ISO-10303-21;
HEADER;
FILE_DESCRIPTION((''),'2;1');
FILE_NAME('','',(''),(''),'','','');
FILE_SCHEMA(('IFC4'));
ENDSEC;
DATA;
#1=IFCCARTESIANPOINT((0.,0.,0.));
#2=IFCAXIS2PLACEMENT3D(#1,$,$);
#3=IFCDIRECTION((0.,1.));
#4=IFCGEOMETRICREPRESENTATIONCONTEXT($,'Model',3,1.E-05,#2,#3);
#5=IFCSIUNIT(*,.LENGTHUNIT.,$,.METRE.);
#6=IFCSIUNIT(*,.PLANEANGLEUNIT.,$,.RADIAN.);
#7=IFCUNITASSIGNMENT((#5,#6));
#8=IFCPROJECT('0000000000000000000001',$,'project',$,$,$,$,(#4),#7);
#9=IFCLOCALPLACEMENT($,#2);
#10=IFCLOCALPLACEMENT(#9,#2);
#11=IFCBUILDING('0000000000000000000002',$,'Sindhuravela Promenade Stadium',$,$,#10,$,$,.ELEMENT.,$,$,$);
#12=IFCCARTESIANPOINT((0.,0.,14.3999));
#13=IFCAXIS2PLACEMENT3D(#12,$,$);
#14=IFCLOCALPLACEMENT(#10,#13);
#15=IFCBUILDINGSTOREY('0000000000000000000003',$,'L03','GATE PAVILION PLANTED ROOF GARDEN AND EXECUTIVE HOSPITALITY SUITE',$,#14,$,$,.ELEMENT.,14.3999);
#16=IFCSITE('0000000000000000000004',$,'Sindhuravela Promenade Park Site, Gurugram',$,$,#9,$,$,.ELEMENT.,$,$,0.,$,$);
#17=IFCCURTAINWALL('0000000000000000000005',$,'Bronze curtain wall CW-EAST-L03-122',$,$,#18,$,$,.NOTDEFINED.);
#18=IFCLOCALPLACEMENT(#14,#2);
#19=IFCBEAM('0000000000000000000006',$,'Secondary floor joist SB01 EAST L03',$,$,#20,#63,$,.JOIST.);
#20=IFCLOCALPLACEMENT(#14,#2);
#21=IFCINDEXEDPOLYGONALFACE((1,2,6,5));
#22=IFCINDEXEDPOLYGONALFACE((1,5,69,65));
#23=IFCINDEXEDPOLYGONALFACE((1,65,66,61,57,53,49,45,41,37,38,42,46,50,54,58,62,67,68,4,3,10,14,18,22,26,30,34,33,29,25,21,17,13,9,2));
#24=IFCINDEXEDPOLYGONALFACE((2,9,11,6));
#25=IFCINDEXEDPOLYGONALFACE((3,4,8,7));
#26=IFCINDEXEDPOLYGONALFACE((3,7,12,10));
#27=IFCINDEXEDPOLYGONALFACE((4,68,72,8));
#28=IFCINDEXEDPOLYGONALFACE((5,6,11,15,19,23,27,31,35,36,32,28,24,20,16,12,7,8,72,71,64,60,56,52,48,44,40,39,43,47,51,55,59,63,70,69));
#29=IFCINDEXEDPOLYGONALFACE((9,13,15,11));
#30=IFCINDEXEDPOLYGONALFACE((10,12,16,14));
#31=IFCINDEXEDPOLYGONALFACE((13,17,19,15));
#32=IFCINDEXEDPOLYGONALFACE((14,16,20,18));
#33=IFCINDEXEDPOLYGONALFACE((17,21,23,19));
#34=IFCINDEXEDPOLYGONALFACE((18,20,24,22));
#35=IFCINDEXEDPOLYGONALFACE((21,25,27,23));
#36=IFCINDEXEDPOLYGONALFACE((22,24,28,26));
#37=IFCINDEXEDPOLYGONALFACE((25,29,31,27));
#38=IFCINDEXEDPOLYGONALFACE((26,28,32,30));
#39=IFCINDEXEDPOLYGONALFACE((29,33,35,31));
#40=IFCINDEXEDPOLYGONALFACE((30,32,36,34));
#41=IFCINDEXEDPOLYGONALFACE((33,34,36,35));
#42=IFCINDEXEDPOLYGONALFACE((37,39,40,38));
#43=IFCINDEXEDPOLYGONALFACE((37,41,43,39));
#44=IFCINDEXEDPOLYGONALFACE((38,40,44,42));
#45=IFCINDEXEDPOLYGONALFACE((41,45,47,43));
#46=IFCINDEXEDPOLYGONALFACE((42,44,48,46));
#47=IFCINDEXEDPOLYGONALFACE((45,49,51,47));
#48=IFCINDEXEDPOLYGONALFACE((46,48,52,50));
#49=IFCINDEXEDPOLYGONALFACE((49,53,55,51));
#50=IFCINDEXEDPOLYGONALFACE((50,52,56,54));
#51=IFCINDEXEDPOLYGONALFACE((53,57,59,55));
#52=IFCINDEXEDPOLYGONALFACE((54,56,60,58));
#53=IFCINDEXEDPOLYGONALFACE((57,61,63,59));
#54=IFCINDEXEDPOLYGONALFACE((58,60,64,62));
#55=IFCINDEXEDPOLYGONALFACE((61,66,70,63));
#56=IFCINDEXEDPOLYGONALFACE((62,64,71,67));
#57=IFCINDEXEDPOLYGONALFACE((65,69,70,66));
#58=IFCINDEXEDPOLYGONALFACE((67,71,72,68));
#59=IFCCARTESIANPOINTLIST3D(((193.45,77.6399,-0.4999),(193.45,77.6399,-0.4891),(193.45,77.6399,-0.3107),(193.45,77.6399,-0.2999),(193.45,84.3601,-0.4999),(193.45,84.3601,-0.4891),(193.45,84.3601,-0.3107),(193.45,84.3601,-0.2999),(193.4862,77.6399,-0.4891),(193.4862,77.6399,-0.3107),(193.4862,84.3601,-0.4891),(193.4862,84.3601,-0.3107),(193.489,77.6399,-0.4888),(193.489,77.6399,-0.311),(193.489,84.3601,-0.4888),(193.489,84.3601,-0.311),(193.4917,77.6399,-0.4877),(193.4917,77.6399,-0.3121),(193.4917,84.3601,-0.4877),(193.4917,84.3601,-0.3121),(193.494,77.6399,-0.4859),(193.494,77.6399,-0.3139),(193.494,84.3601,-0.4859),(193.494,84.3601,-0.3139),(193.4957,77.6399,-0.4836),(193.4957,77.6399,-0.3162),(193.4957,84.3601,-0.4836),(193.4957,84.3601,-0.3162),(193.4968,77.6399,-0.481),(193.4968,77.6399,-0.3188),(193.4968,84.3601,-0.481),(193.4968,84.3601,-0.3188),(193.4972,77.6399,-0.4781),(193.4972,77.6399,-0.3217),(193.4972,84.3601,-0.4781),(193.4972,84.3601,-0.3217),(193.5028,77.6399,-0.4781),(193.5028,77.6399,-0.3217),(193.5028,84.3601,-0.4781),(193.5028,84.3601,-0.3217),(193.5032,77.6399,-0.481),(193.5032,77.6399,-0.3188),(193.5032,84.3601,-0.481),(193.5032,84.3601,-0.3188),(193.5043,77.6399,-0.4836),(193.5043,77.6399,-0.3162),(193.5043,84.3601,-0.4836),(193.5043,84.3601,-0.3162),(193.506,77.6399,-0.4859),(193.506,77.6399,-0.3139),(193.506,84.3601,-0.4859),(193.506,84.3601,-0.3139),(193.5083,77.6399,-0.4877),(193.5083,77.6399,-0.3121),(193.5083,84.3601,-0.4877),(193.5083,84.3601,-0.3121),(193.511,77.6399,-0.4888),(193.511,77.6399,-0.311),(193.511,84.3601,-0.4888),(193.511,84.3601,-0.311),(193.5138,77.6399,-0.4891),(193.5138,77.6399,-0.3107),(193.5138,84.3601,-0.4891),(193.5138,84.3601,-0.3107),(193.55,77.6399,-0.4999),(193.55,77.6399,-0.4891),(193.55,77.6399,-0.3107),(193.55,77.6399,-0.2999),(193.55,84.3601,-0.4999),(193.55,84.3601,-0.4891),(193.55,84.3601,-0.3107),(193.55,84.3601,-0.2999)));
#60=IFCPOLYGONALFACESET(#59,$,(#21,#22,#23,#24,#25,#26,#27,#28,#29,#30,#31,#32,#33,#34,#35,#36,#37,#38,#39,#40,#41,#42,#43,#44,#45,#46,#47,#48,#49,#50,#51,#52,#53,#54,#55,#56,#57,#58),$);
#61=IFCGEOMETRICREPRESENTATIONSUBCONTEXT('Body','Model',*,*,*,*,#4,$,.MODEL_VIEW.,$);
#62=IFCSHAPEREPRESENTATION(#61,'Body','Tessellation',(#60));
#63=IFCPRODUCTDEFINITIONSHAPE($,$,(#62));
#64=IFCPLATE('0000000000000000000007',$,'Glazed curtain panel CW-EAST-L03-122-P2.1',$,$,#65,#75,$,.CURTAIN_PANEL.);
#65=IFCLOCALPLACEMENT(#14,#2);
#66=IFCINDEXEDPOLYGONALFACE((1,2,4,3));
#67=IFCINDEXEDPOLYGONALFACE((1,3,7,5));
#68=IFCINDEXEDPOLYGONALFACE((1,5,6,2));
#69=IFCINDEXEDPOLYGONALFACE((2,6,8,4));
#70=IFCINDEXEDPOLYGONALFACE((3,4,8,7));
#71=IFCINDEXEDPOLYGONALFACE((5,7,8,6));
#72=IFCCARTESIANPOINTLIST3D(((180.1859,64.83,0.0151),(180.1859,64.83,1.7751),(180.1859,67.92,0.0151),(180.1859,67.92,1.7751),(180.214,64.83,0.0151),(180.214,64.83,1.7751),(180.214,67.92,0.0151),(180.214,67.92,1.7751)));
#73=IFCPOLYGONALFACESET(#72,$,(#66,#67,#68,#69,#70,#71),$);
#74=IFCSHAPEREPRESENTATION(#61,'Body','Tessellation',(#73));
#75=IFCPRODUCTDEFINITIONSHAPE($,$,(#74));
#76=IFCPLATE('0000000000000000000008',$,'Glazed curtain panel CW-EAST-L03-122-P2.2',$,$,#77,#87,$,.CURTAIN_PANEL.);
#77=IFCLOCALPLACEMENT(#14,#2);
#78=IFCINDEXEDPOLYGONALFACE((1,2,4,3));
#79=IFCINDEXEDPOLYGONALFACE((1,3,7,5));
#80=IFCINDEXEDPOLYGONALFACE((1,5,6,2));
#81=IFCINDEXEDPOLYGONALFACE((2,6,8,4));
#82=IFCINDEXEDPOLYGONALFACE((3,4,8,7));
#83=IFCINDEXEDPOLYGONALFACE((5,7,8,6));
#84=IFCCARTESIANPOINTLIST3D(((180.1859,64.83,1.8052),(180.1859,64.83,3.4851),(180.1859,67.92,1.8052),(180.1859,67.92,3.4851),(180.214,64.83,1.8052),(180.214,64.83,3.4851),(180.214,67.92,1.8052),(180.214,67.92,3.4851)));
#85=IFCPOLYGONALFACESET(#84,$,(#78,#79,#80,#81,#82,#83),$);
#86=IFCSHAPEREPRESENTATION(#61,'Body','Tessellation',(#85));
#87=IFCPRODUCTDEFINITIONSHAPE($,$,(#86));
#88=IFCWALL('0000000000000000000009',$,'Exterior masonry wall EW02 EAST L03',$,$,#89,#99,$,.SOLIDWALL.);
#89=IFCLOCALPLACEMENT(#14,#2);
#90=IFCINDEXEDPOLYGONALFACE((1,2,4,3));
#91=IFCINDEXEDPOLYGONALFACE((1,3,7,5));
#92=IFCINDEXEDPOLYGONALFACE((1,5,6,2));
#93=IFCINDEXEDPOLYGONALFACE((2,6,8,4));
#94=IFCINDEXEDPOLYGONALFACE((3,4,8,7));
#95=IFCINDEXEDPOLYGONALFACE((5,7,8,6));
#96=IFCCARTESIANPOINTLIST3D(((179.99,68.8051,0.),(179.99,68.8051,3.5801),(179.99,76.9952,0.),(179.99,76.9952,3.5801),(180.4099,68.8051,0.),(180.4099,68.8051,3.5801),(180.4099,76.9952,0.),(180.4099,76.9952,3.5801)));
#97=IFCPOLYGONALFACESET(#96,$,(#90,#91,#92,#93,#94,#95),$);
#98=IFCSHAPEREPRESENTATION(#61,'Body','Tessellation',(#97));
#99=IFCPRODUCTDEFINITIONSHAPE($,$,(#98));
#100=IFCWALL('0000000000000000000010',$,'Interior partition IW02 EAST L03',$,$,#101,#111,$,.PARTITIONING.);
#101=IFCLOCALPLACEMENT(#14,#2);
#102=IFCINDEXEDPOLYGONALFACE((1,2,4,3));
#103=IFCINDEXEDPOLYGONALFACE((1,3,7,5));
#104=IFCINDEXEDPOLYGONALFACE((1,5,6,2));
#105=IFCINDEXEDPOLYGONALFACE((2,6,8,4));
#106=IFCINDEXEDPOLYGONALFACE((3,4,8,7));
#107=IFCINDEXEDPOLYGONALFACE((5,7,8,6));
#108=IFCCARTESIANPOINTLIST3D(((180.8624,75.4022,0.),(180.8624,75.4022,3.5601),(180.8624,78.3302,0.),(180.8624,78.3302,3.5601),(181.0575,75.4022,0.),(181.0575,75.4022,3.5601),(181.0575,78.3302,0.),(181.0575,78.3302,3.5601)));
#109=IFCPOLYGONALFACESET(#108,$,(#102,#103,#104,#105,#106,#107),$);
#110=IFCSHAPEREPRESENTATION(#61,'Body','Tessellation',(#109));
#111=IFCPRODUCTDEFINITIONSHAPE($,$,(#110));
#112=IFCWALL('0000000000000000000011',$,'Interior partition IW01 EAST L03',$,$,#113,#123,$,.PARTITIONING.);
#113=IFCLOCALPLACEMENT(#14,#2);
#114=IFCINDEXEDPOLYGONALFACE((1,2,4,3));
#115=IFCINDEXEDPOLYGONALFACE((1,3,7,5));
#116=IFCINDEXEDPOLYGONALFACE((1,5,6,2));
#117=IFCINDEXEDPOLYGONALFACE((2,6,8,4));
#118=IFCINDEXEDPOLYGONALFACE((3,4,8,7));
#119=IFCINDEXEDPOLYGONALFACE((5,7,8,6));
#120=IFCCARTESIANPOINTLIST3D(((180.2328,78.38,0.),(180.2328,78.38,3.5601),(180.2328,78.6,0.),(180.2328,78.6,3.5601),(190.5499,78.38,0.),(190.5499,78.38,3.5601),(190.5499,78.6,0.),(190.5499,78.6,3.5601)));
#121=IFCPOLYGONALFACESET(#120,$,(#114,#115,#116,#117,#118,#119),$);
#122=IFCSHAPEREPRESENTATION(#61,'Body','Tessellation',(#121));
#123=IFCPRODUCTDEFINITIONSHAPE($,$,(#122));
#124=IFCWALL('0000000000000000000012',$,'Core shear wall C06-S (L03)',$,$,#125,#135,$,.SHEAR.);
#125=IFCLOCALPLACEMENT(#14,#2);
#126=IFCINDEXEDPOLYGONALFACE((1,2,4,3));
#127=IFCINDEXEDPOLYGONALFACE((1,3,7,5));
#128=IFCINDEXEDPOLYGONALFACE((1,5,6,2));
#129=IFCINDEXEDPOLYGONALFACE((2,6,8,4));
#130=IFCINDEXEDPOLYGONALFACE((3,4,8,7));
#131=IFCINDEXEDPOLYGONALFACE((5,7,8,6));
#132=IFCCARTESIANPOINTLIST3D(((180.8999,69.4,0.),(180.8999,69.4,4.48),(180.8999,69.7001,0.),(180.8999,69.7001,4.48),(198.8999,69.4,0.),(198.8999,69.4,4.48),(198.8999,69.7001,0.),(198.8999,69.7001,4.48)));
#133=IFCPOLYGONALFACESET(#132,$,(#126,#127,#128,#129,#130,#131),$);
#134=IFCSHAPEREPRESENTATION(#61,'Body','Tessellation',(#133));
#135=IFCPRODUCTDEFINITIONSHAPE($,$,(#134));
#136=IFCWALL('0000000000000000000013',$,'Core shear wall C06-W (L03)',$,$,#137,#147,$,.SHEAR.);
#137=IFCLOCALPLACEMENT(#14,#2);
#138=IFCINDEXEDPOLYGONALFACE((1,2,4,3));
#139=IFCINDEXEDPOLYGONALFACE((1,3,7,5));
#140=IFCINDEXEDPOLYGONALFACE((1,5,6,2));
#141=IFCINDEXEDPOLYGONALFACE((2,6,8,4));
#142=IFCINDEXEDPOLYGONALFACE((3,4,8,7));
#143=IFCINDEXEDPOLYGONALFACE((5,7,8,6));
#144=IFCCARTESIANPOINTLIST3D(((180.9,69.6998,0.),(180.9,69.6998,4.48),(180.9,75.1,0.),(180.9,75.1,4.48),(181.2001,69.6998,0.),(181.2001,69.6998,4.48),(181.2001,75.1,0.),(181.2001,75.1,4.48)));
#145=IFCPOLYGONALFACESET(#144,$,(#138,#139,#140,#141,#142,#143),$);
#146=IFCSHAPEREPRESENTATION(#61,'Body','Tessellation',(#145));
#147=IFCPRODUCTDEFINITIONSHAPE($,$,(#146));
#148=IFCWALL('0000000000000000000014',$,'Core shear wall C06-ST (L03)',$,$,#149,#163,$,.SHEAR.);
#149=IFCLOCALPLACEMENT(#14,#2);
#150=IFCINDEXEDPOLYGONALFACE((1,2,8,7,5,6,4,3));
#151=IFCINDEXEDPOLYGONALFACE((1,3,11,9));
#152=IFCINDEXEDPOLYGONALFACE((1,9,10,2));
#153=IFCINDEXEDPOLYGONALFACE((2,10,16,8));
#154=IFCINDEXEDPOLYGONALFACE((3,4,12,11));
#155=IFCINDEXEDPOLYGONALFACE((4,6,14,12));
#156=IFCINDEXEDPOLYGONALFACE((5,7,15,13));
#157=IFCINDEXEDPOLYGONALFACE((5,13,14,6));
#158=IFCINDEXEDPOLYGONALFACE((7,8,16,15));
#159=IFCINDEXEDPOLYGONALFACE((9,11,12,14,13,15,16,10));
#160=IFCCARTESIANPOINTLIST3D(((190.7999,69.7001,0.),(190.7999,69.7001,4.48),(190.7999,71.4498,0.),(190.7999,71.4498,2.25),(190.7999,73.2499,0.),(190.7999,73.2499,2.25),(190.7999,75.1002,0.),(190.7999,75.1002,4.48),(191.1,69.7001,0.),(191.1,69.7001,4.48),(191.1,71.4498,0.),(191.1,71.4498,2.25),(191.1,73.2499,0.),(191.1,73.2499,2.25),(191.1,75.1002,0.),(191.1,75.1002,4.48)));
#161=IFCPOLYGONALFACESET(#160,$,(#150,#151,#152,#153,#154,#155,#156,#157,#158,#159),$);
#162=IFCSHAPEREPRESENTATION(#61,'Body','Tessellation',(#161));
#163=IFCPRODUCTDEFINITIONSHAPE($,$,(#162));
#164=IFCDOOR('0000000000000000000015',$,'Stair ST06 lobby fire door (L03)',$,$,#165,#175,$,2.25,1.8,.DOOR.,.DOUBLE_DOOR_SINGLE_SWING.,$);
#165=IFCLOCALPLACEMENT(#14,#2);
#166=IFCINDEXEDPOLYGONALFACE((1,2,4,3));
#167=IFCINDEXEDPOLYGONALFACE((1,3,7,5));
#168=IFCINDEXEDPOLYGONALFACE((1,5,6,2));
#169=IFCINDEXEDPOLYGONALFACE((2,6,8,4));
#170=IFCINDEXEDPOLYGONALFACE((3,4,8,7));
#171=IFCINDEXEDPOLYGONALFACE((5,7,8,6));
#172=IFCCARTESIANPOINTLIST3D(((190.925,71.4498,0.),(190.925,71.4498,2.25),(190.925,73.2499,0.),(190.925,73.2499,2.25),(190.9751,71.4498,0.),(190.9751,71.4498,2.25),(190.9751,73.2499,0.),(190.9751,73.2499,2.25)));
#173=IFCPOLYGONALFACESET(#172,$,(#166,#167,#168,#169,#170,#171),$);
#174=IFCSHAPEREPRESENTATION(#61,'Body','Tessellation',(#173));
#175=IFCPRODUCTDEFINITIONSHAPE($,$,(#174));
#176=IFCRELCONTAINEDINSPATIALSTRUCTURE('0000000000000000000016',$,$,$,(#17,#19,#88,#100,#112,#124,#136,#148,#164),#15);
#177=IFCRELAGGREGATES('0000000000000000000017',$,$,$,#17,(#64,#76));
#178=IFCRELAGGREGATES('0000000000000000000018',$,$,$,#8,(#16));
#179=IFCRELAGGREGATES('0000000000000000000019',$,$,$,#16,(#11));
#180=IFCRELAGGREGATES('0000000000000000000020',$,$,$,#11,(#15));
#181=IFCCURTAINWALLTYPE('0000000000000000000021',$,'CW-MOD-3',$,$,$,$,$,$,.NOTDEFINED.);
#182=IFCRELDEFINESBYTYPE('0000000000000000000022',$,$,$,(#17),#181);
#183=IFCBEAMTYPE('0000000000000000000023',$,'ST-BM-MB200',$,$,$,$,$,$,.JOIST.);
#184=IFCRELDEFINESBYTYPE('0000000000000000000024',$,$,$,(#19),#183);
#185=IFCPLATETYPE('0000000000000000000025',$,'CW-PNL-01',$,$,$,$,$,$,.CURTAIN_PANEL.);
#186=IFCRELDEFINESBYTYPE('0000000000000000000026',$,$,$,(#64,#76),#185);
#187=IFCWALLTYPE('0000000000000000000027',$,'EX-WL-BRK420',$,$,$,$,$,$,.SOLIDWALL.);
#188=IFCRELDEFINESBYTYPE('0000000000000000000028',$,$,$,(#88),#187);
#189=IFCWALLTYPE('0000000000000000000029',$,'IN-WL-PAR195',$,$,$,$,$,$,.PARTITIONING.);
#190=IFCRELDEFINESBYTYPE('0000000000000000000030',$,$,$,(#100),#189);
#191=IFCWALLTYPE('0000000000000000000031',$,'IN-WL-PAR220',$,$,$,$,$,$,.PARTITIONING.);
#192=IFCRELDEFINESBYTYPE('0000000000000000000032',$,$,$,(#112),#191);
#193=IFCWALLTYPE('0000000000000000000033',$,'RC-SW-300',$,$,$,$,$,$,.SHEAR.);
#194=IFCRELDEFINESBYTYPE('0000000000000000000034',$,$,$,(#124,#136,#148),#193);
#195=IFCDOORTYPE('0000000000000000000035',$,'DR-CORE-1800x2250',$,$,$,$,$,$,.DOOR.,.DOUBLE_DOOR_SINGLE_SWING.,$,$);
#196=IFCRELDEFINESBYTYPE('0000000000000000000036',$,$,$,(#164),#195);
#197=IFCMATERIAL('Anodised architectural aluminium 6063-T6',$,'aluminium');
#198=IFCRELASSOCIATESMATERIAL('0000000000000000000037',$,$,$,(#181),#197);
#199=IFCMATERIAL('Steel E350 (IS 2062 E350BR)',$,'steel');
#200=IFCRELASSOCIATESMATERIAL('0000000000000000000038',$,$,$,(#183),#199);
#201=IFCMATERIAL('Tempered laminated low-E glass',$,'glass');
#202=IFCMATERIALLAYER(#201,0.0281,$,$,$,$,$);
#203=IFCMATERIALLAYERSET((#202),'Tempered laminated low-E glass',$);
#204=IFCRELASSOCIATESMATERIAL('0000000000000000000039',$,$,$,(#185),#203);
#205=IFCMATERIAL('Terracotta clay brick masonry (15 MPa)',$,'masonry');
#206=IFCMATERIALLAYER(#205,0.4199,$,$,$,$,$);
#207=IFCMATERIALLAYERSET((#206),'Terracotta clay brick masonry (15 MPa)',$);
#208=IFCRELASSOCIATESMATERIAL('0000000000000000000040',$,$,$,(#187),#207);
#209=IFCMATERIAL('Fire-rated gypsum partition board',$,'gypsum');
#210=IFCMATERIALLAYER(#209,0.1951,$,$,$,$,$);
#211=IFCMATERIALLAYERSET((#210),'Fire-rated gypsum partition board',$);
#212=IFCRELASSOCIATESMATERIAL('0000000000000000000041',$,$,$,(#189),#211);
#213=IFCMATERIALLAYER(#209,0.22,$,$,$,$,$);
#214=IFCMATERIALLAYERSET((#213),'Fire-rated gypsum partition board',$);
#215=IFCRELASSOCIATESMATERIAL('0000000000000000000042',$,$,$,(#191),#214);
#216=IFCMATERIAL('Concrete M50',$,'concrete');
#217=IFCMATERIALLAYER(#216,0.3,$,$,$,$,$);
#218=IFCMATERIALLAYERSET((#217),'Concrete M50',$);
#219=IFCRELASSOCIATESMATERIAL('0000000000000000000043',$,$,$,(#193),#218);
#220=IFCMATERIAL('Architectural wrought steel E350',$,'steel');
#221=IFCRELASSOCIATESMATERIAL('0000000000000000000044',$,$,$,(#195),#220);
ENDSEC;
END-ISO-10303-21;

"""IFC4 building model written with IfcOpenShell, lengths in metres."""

from ifc_helpers import new_model, si_unit, direction, frame, frame_2d, origin, origin_2d, place, context, subcontext, project, spatial, rectangle, i_section, extrude, material, layer, layer_set, material_profile, profile_set, type_object, element, fill, aggregate, save


model = new_model("IFC4")

# Units and contexts
model_context = context("Model", 3, precision=1e-05, world=origin(), true_north=direction((0.0, 1.0)))
body_context = subcontext(model_context, "Body", "Model", "MODEL_VIEW")
ifc_project = project(units=[si_unit("LENGTHUNIT", "METRE"), si_unit("PLANEANGLEUNIT", "RADIAN")], contexts=[model_context])

# Site, building, storey
site_placement = place(None, origin())
site = spatial("IfcSite", under=ifc_project, at=site_placement, Name="Sindhuravela Promenade Park Site, Gurugram", CompositionType="ELEMENT", RefElevation=0.0)
building_placement = place(site_placement, origin())
building = spatial("IfcBuilding", under=site, at=building_placement, Name="Sindhuravela Promenade Stadium", CompositionType="ELEMENT")
storey_placement = place(building_placement, frame((0.0, 0.0, 14.3999)))
storey = spatial("IfcBuildingStorey", under=building, at=storey_placement, Name="L03", Description="GATE PAVILION PLANTED ROOF GARDEN AND EXECUTIVE HOSPITALITY SUITE", CompositionType="ELEMENT", Elevation=14.3999)

# Curtain wall
ifc_material_1 = material(Name="Anodised architectural aluminium 6063-T6", Category="aluminium")
curtain_wall_type_1 = type_object("IfcCurtainWallType", Name="CW-MOD-3", PredefinedType="NOTDEFINED", material=ifc_material_1)
curtain_wall_1_placement = place(storey_placement, origin())
curtain_wall_1 = element("IfcCurtainWall", 1, at=curtain_wall_1_placement, inside=storey, type_object=curtain_wall_type_1, Name="Bronze curtain wall CW-EAST-L03-122", PredefinedType="NOTDEFINED")

# Beam
ifc_material_2 = material(Name="Steel E350 (IS 2062 E350BR)", Category="steel")
ifc_material_profile_1 = material_profile(ifc_material_2, i_section(OverallWidth=0.1001, OverallDepth=0.2, WebThickness=0.0056, FlangeThickness=0.0107, FilletRadius=0.011, at=origin_2d()), Name="ISMB 200")
ifc_profile_set_1 = profile_set([ifc_material_profile_1], Name="Steel E350 (IS 2062 E350BR)")
beam_type_1 = type_object("IfcBeamType", Name="ST-BM-MB200", PredefinedType="JOIST", material=ifc_profile_set_1)
beam_1_placement = place(storey_placement, frame((193.5, 77.6399, -0.3999), z_axis=(0.0, 1.0, 0.0), x_axis=(-1.0, 0.0, 0.0)))
element("IfcBeam", 2, at=beam_1_placement, inside=storey, type_object=beam_type_1, Name="Secondary floor joist SB01 EAST L03", PredefinedType="JOIST", context=body_context, shape_type="SweptSolid", body=[
    extrude(i_section(OverallWidth=0.1001, OverallDepth=0.2, WebThickness=0.0056, FlangeThickness=0.0107, FilletRadius=0.011, at=origin_2d()), origin(), (0.0, 0.0, 1.0), 6.7202),
])

# Plates
ifc_material_3 = material(Name="Tempered laminated low-E glass", Category="glass")
ifc_layer_1 = layer(ifc_material_3, 0.0281)
ifc_layer_set_1 = layer_set([ifc_layer_1], Name="Tempered laminated low-E glass")
plate_type = type_object("IfcPlateType", Name="CW-PNL-01", PredefinedType="CURTAIN_PANEL", material=ifc_layer_set_1)
plate_1_placement = place(storey_placement, frame((180.2, 66.375, 0.0151), z_axis=(0.0, 0.0, 1.0), x_axis=(0.0, 1.0, 0.0)))
plate_1 = element("IfcPlate", 3, at=plate_1_placement, type_object=plate_type, Name="Glazed curtain panel CW-EAST-L03-122-P2.1", PredefinedType="CURTAIN_PANEL", context=body_context, shape_type="SweptSolid", body=[
    extrude(rectangle(XDim=3.0901, YDim=0.0281, at=origin_2d()), origin(), (0.0, 0.0, 1.0), 1.76),
])
plate_2_placement = place(storey_placement, frame((180.2, 66.375, 1.8052), z_axis=(0.0, 0.0, 1.0), x_axis=(0.0, 1.0, 0.0)))
plate_2 = element("IfcPlate", 4, at=plate_2_placement, type_object=plate_type, Name="Glazed curtain panel CW-EAST-L03-122-P2.2", PredefinedType="CURTAIN_PANEL", context=body_context, shape_type="SweptSolid", body=[
    extrude(rectangle(XDim=3.0901, YDim=0.0281, at=origin_2d()), origin(), (0.0, 0.0, 1.0), 1.6799),
])
aggregate(curtain_wall_1, [plate_1, plate_2])

# Walls
ifc_material_4 = material(Name="Terracotta clay brick masonry (15 MPa)", Category="masonry")
ifc_layer_2 = layer(ifc_material_4, 0.4199)
ifc_layer_set_2 = layer_set([ifc_layer_2], Name="Terracotta clay brick masonry (15 MPa)")
wall_type_1 = type_object("IfcWallType", Name="EX-WL-BRK420", PredefinedType="SOLIDWALL", material=ifc_layer_set_2)
wall_1_placement = place(storey_placement, frame((180.2, 68.8049, 0.0), z_axis=(0.0, 0.0, 1.0), x_axis=(0.0, 1.0, 0.0)))
element("IfcWall", 5, at=wall_1_placement, inside=storey, type_object=wall_type_1, Name="Exterior masonry wall EW02 EAST L03", PredefinedType="SOLIDWALL", context=body_context, shape_type="SweptSolid", body=[
    extrude(rectangle(XDim=8.1902, YDim=0.4199, at=frame_2d((4.0952, 0.0))), origin(), (0.0, 0.0, 1.0), 3.5801),
])
ifc_material_5 = material(Name="Fire-rated gypsum partition board", Category="gypsum")
ifc_layer_3 = layer(ifc_material_5, 0.1951)
ifc_layer_set_3 = layer_set([ifc_layer_3], Name="Fire-rated gypsum partition board")
wall_type_2 = type_object("IfcWallType", Name="IN-WL-PAR195", PredefinedType="PARTITIONING", material=ifc_layer_set_3)
wall_2_placement = place(storey_placement, frame((180.96, 78.3301, 0.0), z_axis=(0.0, 0.0, 1.0), x_axis=(0.0, -1.0, 0.0)))
element("IfcWall", 6, at=wall_2_placement, inside=storey, type_object=wall_type_2, Name="Interior partition IW02 EAST L03", PredefinedType="PARTITIONING", context=body_context, shape_type="SweptSolid", body=[
    extrude(rectangle(XDim=2.928, YDim=0.1951, at=frame_2d((1.4639, 0.0))), origin(), (0.0, 0.0, 1.0), 3.5601),
])
ifc_layer_4 = layer(ifc_material_5, 0.22)
ifc_layer_set_4 = layer_set([ifc_layer_4], Name="Fire-rated gypsum partition board")
wall_type_3 = type_object("IfcWallType", Name="IN-WL-PAR220", PredefinedType="PARTITIONING", material=ifc_layer_set_4)
wall_3_placement = place(storey_placement, frame((190.55, 78.49, 0.0), z_axis=(0.0, 0.0, 1.0), x_axis=(-1.0, 0.0, 0.0)))
element("IfcWall", 7, at=wall_3_placement, inside=storey, type_object=wall_type_3, Name="Interior partition IW01 EAST L03", PredefinedType="PARTITIONING", context=body_context, shape_type="SweptSolid", body=[
    extrude(rectangle(XDim=10.3171, YDim=0.22, at=frame_2d((5.1587, 0.0))), origin(), (0.0, 0.0, 1.0), 3.5601),
])
ifc_material_6 = material(Name="Concrete M50", Category="concrete")
ifc_layer_5 = layer(ifc_material_6, 0.3)
ifc_layer_set_5 = layer_set([ifc_layer_5], Name="Concrete M50")
wall_type_4 = type_object("IfcWallType", Name="RC-SW-300", PredefinedType="SHEAR", material=ifc_layer_set_5)
wall_4_placement = place(storey_placement, frame((180.8999, 69.55, 0.0), z_axis=(0.0, 0.0, 1.0), x_axis=(1.0, 0.0, 0.0)))
element("IfcWall", 8, at=wall_4_placement, inside=storey, type_object=wall_type_4, Name="Core shear wall C06-S (L03)", PredefinedType="SHEAR", context=body_context, shape_type="SweptSolid", body=[
    extrude(rectangle(XDim=18.0, YDim=0.3, at=frame_2d((9.0, 0.0))), origin(), (0.0, 0.0, 1.0), 4.48),
])
wall_5_placement = place(storey_placement, frame((181.05, 75.1001, 0.0), z_axis=(0.0, 0.0, 1.0), x_axis=(0.0, -1.0, 0.0)))
element("IfcWall", 9, at=wall_5_placement, inside=storey, type_object=wall_type_4, Name="Core shear wall C06-W (L03)", PredefinedType="SHEAR", context=body_context, shape_type="SweptSolid", body=[
    extrude(rectangle(XDim=5.4001, YDim=0.3, at=frame_2d((2.7002, 0.0))), origin(), (0.0, 0.0, 1.0), 4.48),
])

# Wall, opening, door
wall_6_placement = place(storey_placement, frame((190.95, 69.7, 0.0), z_axis=(0.0, 0.0, 1.0), x_axis=(0.0, 1.0, 0.0)))
wall_6 = element("IfcWall", 10, at=wall_6_placement, inside=storey, type_object=wall_type_4, Name="Core shear wall C06-ST (L03)", PredefinedType="SHEAR", context=body_context, shape_type="SweptSolid", body=[
    extrude(rectangle(XDim=5.4001, YDim=0.3, at=frame_2d((2.7002, 0.0))), origin(), (0.0, 0.0, 1.0), 4.48),
])
opening_placement = place(wall_6_placement, frame((1.75, 0.0, 0.0)))
opening = element("IfcOpeningElement", 11, at=opening_placement, cuts=wall_6, PredefinedType="OPENING", context=body_context, shape_type="SweptSolid", body=[
    extrude(rectangle(XDim=1.8, YDim=2.25, at=frame_2d((0.8999, 1.125))), frame((0.0, 0.1599, 0.0), z_axis=(0.0, -1.0, 0.0), x_axis=(1.0, 0.0, 0.0)), (0.0, 0.0, 1.0), 0.3201),
])
ifc_material_7 = material(Name="Architectural wrought steel E350", Category="steel")
door_type = type_object("IfcDoorType", Name="DR-CORE-1800x2250", OperationType="DOUBLE_DOOR_SINGLE_SWING", PredefinedType="DOOR", material=ifc_material_7)
door_placement = place(opening_placement, origin())
door = element("IfcDoor", 12, at=door_placement, inside=storey, type_object=door_type, Name="Stair ST06 lobby fire door (L03)", OperationType="DOUBLE_DOOR_SINGLE_SWING", OverallHeight=2.25, OverallWidth=1.8, PredefinedType="DOOR", context=body_context, shape_type="SweptSolid", body=[
    extrude(rectangle(XDim=1.8, YDim=2.25, at=frame_2d((0.8999, 1.125))), frame((0.0, 0.0249, 0.0), z_axis=(0.0, -1.0, 0.0), x_axis=(1.0, 0.0, 0.0)), (0.0, 0.0, 1.0), 0.05),
])
fill(opening, door)

save(model, "model.ifc")
